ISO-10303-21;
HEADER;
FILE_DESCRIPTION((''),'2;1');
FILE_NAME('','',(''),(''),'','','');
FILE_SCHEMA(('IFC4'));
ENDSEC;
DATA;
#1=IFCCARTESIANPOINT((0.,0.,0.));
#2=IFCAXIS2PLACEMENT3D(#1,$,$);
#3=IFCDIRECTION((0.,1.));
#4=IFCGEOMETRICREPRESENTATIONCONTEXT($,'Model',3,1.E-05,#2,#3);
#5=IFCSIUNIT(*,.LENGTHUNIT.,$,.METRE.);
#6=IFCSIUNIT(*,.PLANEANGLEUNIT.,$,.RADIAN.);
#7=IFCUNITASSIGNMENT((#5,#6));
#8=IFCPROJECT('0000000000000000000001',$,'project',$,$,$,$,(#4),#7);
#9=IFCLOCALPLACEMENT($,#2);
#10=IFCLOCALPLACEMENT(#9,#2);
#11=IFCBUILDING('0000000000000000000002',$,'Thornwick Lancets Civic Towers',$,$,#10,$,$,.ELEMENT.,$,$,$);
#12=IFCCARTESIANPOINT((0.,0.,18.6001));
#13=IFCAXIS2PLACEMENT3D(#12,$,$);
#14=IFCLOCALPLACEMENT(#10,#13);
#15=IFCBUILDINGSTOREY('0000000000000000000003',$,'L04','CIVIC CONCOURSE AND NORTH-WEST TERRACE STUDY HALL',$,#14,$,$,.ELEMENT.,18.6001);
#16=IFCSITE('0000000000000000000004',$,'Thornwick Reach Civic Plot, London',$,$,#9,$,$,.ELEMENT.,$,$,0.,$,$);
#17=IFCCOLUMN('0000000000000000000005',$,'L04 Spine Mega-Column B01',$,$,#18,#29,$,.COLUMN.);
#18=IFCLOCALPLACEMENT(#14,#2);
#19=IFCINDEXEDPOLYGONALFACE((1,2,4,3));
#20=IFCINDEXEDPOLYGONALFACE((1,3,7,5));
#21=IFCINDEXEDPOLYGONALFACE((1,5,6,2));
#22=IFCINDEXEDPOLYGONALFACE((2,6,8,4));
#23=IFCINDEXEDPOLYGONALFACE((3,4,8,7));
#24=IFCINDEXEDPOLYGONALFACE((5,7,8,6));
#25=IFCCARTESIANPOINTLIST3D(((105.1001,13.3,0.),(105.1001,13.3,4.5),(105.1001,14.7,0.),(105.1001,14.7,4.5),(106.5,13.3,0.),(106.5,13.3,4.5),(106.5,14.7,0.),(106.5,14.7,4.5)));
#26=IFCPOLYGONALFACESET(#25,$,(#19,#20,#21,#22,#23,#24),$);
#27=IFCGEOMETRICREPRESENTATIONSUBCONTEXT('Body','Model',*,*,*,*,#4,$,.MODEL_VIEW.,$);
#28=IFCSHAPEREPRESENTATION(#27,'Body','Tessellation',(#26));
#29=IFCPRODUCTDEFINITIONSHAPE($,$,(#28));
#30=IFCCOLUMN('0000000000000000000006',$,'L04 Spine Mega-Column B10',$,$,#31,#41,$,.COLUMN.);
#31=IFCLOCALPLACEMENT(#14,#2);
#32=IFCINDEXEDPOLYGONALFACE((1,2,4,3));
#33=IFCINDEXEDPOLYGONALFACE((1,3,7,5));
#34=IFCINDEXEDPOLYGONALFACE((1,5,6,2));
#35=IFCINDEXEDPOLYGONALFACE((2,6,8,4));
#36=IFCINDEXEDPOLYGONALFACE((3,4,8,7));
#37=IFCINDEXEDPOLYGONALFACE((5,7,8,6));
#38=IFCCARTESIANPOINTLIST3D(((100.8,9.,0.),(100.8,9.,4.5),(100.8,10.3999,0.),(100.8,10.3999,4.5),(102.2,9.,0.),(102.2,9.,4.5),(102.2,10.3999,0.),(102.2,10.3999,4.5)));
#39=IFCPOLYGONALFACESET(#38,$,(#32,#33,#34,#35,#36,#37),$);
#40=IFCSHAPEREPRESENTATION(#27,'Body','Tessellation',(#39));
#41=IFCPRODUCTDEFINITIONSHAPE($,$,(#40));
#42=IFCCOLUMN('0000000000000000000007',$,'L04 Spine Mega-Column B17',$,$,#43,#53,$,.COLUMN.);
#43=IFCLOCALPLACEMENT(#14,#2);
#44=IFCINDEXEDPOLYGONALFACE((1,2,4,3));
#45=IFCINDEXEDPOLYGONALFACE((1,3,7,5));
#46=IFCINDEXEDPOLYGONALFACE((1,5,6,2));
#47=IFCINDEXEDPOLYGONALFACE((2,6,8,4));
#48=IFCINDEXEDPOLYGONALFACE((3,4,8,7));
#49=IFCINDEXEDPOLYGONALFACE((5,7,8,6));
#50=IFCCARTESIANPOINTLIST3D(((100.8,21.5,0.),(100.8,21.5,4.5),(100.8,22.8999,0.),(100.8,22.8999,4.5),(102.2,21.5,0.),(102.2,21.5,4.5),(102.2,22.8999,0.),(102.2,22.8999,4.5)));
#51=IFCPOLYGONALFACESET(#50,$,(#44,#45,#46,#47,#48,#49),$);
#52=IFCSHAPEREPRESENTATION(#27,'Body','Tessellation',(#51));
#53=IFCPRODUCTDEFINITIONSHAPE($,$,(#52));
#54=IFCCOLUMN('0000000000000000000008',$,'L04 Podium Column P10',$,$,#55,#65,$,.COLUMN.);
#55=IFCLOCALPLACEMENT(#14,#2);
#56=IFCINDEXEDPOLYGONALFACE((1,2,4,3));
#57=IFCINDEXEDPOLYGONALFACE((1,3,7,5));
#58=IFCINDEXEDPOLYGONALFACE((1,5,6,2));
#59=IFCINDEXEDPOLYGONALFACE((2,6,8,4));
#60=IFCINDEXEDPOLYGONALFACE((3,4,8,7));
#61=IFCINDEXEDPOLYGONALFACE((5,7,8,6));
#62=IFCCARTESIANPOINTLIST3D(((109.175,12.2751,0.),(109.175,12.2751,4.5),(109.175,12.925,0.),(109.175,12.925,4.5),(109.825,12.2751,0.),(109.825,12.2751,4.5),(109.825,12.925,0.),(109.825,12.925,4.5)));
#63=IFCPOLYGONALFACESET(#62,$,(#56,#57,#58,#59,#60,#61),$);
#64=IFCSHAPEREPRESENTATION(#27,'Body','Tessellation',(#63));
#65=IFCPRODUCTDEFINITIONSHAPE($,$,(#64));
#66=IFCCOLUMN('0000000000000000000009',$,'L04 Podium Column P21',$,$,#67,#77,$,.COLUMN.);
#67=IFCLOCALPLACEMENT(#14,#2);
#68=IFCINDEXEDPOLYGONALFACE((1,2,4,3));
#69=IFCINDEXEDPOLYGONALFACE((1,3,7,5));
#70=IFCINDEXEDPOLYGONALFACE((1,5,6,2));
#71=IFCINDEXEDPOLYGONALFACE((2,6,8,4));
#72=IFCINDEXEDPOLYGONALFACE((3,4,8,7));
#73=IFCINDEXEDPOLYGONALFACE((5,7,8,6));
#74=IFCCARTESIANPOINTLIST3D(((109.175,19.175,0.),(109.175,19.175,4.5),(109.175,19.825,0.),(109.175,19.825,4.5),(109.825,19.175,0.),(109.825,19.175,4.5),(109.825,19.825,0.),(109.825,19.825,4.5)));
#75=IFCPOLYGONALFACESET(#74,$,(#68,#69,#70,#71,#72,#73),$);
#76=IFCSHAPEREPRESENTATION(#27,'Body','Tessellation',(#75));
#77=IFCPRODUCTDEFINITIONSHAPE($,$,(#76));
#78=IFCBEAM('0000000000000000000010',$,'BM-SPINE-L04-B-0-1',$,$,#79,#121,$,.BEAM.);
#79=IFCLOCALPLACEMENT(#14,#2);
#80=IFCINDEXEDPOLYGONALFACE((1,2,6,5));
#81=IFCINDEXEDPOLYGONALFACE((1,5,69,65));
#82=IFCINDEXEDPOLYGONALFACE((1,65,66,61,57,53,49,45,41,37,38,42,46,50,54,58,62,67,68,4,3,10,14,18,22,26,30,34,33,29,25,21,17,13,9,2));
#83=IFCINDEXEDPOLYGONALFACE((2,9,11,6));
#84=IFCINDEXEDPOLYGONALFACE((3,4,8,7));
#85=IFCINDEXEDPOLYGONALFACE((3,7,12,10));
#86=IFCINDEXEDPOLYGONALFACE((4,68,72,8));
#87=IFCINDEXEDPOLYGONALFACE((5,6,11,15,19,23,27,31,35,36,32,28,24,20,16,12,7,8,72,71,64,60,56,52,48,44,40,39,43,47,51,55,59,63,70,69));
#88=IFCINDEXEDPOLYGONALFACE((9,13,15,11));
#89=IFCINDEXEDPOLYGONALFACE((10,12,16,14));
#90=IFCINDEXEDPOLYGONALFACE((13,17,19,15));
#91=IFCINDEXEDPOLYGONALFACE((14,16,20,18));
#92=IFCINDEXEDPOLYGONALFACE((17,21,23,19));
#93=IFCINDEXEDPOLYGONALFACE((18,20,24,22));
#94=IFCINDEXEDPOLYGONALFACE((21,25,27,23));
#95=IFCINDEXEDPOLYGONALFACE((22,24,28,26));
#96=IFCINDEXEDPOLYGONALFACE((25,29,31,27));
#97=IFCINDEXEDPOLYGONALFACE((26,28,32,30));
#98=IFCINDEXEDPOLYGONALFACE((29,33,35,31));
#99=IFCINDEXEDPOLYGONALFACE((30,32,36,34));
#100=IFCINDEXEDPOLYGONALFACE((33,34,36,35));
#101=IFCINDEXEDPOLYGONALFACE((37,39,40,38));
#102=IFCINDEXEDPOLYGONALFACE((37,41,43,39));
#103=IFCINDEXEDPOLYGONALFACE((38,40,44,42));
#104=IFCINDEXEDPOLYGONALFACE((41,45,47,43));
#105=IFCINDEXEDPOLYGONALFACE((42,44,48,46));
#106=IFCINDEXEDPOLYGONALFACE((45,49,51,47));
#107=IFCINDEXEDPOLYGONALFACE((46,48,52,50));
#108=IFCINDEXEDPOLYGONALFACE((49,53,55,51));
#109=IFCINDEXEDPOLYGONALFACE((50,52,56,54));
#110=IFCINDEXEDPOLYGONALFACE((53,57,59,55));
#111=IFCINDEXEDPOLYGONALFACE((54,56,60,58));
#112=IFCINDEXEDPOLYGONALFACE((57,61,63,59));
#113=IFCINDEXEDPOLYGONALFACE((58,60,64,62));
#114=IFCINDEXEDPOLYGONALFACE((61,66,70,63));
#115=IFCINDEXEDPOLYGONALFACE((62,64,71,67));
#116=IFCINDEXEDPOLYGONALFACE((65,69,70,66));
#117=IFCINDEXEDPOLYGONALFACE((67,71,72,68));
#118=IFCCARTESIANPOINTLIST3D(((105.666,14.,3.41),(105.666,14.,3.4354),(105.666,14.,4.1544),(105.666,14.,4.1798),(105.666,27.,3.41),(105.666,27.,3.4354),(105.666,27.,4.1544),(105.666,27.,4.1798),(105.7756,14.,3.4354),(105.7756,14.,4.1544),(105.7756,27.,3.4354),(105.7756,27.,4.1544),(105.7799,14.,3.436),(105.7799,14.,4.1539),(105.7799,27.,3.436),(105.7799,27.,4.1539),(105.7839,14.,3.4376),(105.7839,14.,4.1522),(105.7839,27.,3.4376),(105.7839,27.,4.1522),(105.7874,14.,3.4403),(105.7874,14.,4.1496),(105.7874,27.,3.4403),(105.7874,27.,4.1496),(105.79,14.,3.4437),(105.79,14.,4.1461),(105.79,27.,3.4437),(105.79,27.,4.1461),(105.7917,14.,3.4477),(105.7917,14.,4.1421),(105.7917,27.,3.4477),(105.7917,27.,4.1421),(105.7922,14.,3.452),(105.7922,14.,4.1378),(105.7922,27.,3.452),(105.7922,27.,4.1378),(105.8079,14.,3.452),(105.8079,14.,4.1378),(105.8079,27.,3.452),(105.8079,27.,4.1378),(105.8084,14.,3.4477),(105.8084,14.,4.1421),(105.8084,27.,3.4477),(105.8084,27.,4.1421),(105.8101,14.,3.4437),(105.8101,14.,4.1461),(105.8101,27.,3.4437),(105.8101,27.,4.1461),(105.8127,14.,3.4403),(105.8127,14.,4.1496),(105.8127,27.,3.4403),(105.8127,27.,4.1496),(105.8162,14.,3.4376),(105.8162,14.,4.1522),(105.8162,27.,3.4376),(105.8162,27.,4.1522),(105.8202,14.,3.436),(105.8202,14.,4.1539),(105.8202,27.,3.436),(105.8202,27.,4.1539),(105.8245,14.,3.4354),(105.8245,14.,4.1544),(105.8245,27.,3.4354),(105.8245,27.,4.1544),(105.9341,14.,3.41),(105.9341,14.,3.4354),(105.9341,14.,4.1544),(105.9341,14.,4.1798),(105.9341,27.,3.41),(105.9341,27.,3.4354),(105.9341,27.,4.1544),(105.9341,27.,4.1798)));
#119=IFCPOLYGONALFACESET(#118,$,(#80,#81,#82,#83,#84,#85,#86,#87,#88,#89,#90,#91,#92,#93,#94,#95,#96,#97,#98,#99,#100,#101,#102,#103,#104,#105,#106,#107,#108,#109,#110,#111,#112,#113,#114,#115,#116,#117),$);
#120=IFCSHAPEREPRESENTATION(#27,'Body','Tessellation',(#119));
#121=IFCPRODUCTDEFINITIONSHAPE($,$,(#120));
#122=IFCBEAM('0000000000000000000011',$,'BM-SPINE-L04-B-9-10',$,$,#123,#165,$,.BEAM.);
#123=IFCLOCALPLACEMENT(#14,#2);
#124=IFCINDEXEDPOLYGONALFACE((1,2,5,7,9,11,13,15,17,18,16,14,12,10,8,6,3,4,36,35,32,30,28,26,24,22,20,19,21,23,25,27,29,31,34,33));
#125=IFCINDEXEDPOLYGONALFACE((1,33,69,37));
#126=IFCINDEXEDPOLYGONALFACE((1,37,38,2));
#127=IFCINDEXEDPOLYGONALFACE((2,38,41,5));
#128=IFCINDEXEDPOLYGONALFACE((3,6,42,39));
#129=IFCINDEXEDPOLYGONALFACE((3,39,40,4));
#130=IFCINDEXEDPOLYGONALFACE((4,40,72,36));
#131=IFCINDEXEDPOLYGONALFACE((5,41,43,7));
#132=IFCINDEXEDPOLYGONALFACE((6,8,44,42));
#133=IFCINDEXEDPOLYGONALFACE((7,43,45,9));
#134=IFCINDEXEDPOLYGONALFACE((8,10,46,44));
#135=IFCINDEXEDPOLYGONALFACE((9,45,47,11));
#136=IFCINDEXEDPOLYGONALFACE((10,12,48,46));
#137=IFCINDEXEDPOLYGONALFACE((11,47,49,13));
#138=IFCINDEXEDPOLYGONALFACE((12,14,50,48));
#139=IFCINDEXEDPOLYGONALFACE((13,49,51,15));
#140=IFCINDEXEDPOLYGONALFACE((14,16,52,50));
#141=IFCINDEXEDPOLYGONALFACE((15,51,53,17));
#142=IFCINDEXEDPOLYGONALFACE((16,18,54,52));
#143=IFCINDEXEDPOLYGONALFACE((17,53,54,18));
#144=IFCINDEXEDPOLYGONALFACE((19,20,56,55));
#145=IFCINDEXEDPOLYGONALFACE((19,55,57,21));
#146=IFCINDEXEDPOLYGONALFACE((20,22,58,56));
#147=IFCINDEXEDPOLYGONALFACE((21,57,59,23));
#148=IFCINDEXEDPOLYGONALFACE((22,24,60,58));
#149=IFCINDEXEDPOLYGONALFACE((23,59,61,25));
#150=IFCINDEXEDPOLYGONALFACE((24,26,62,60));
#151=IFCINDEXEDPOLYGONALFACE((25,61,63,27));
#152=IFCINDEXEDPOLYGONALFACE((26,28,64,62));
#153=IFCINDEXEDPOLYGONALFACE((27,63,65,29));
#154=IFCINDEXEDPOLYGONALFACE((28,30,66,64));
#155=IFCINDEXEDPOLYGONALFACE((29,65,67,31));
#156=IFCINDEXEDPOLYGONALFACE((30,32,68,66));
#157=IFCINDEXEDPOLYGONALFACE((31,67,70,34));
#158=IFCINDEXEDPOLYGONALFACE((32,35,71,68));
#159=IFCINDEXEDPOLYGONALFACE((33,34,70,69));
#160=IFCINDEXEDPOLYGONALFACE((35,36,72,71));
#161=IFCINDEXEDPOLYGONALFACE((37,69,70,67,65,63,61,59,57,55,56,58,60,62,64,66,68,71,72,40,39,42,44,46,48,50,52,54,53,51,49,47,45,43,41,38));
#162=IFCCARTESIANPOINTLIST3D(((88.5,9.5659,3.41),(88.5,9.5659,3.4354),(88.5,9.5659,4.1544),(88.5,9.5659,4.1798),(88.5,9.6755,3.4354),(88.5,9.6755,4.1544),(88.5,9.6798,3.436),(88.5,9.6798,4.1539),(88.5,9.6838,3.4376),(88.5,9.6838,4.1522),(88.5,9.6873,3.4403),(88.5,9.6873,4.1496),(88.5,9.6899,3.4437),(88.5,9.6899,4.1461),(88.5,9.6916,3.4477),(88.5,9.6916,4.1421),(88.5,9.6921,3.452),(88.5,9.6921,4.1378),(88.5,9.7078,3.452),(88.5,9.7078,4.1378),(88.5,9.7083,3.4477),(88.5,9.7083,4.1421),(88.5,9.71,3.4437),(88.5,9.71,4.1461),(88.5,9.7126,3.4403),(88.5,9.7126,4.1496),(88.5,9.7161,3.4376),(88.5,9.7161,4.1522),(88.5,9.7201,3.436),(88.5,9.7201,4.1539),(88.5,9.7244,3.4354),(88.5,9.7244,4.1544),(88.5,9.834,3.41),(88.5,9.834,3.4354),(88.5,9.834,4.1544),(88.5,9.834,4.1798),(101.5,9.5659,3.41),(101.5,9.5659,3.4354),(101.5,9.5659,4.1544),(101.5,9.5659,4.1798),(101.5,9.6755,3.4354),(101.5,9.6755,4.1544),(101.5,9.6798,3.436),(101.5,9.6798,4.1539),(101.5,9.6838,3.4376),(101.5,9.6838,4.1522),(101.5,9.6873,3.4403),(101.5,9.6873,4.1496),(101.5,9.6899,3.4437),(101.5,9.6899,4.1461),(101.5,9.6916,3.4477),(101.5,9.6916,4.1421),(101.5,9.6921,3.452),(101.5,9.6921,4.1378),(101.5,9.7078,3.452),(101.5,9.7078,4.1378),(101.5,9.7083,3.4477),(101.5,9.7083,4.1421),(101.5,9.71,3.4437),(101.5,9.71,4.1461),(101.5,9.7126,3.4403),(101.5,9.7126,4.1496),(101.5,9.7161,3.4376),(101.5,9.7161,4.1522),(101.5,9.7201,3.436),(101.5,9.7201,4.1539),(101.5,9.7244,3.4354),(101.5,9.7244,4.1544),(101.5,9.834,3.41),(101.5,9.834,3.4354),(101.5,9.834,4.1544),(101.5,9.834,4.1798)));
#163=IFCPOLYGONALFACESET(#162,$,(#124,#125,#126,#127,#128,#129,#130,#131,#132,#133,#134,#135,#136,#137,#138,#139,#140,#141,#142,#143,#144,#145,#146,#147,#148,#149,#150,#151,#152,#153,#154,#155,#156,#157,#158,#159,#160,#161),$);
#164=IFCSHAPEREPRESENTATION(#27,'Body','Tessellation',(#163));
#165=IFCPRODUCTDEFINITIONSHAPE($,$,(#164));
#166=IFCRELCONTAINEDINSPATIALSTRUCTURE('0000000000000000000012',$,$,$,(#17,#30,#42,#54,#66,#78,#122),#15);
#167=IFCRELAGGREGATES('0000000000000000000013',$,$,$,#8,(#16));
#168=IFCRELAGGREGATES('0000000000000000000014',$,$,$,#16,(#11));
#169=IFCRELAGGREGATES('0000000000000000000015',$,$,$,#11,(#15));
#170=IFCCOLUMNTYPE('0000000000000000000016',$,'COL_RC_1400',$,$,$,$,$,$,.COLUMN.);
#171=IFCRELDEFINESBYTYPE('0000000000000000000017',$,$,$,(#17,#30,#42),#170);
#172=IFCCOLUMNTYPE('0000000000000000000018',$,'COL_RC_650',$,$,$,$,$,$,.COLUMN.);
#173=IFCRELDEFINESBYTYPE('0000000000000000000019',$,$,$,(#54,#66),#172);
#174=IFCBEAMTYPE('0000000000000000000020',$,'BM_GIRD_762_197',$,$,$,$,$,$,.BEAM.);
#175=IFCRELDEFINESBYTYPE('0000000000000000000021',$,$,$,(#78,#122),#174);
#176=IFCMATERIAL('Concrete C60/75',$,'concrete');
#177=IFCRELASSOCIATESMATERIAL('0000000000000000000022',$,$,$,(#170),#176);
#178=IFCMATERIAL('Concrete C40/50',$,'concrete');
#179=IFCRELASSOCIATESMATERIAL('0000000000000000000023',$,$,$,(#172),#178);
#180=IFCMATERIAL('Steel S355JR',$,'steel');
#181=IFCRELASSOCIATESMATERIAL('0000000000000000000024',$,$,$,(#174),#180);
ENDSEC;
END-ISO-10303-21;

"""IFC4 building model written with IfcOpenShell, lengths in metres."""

from ifc_helpers import new_model, si_unit, direction, frame, origin, origin_2d, place, context, subcontext, project, spatial, rectangle, i_section, extrude, material, material_profile, profile_set, type_object, element, save


model = new_model("IFC4")

# Units and contexts
model_context = context("Model", 3, precision=1e-05, world=origin(), true_north=direction((0.0, 1.0)))
body_context = subcontext(model_context, "Body", "Model", "MODEL_VIEW")
ifc_project = project(units=[si_unit("LENGTHUNIT", "METRE"), si_unit("PLANEANGLEUNIT", "RADIAN")], contexts=[model_context])

# Site, building, storey
site_placement = place(None, origin())
site = spatial("IfcSite", under=ifc_project, at=site_placement, Name="Thornwick Reach Civic Plot, London", CompositionType="ELEMENT", RefElevation=0.0)
building_placement = place(site_placement, origin())
building = spatial("IfcBuilding", under=site, at=building_placement, Name="Thornwick Lancets Civic Towers", CompositionType="ELEMENT")
storey_placement = place(building_placement, frame((0.0, 0.0, 18.6001)))
storey = spatial("IfcBuildingStorey", under=building, at=storey_placement, Name="L04", Description="CIVIC CONCOURSE AND NORTH-WEST TERRACE STUDY HALL", CompositionType="ELEMENT", Elevation=18.6001)

# Columns
ifc_material_1 = material(Name="Concrete C60/75", Category="concrete")
ifc_material_profile_1 = material_profile(ifc_material_1, rectangle(XDim=1.3999, YDim=1.3999, at=origin_2d()), Name="RC 1400x1400")
ifc_profile_set_1 = profile_set([ifc_material_profile_1], Name="Concrete C60/75")
column_type_1 = type_object("IfcColumnType", Name="COL_RC_1400", PredefinedType="COLUMN", material=ifc_profile_set_1)
for number, where, z_axis, x_axis, name in (
    (1, (105.8, 14.0, 0.0), (0.0, 0.0, 1.0), (1.0, 0.0, 0.0), "L04 Spine Mega-Column B01"),
    (2, (101.5, 9.7, 0.0), (0.0, 0.0, 1.0), (1.0, 0.0, 0.0), "L04 Spine Mega-Column B10"),
    (3, (101.5, 22.2, 0.0), (0.0, 0.0, 1.0), (1.0, 0.0, 0.0), "L04 Spine Mega-Column B17"),
):
    element("IfcColumn", number, at=place(storey_placement, frame(where, z_axis=z_axis, x_axis=x_axis)), inside=storey, type_object=column_type_1, Name=name, PredefinedType="COLUMN", context=body_context, shape_type="SweptSolid", body=[
        extrude(rectangle(XDim=1.3999, YDim=1.3999, at=origin_2d()), origin(), (0.0, 0.0, 1.0), 4.5),
    ])
ifc_material_2 = material(Name="Concrete C40/50", Category="concrete")
ifc_material_profile_2 = material_profile(ifc_material_2, rectangle(XDim=0.6499, YDim=0.6499, at=origin_2d()), Name="RC 650x650")
ifc_profile_set_2 = profile_set([ifc_material_profile_2], Name="Concrete C40/50")
column_type_2 = type_object("IfcColumnType", Name="COL_RC_650", PredefinedType="COLUMN", material=ifc_profile_set_2)
for number, where, z_axis, x_axis, name in (
    (4, (109.5, 12.6001, 0.0), (0.0, 0.0, 1.0), (1.0, 0.0, 0.0), "L04 Podium Column P10"),
    (5, (109.5, 19.5, 0.0), (0.0, 0.0, 1.0), (1.0, 0.0, 0.0), "L04 Podium Column P21"),
):
    element("IfcColumn", number, at=place(storey_placement, frame(where, z_axis=z_axis, x_axis=x_axis)), inside=storey, type_object=column_type_2, Name=name, PredefinedType="COLUMN", context=body_context, shape_type="SweptSolid", body=[
        extrude(rectangle(XDim=0.6499, YDim=0.6499, at=origin_2d()), origin(), (0.0, 0.0, 1.0), 4.5),
    ])

# Beams
ifc_material_3 = material(Name="Steel S355JR", Category="steel")
ifc_material_profile_3 = material_profile(ifc_material_3, i_section(OverallWidth=0.2681, OverallDepth=0.7698, WebThickness=0.0156, FlangeThickness=0.0254, FilletRadius=0.0166, at=origin_2d()), Name="UKB 762x267x197")
ifc_profile_set_3 = profile_set([ifc_material_profile_3], Name="Steel S355JR")
beam_type_1 = type_object("IfcBeamType", Name="BM_GIRD_762_197", PredefinedType="BEAM", material=ifc_profile_set_3)
for number, where, z_axis, x_axis, name in (
    (6, (105.8, 14.0, 3.7949), (0.0, 1.0, 0.0), (-1.0, 0.0, 0.0), "BM-SPINE-L04-B-0-1"),
    (7, (101.5, 9.7, 3.7949), (-1.0, 0.0, 0.0), (0.0, -1.0, 0.0), "BM-SPINE-L04-B-9-10"),
):
    element("IfcBeam", number, at=place(storey_placement, frame(where, z_axis=z_axis, x_axis=x_axis)), inside=storey, type_object=beam_type_1, Name=name, PredefinedType="BEAM", context=body_context, shape_type="SweptSolid", body=[
        extrude(i_section(OverallWidth=0.2681, OverallDepth=0.7698, WebThickness=0.0156, FlangeThickness=0.0254, FilletRadius=0.0166, at=origin_2d()), origin(), (0.0, 0.0, 1.0), 13.0),
    ])

save(model, "model.ifc")
